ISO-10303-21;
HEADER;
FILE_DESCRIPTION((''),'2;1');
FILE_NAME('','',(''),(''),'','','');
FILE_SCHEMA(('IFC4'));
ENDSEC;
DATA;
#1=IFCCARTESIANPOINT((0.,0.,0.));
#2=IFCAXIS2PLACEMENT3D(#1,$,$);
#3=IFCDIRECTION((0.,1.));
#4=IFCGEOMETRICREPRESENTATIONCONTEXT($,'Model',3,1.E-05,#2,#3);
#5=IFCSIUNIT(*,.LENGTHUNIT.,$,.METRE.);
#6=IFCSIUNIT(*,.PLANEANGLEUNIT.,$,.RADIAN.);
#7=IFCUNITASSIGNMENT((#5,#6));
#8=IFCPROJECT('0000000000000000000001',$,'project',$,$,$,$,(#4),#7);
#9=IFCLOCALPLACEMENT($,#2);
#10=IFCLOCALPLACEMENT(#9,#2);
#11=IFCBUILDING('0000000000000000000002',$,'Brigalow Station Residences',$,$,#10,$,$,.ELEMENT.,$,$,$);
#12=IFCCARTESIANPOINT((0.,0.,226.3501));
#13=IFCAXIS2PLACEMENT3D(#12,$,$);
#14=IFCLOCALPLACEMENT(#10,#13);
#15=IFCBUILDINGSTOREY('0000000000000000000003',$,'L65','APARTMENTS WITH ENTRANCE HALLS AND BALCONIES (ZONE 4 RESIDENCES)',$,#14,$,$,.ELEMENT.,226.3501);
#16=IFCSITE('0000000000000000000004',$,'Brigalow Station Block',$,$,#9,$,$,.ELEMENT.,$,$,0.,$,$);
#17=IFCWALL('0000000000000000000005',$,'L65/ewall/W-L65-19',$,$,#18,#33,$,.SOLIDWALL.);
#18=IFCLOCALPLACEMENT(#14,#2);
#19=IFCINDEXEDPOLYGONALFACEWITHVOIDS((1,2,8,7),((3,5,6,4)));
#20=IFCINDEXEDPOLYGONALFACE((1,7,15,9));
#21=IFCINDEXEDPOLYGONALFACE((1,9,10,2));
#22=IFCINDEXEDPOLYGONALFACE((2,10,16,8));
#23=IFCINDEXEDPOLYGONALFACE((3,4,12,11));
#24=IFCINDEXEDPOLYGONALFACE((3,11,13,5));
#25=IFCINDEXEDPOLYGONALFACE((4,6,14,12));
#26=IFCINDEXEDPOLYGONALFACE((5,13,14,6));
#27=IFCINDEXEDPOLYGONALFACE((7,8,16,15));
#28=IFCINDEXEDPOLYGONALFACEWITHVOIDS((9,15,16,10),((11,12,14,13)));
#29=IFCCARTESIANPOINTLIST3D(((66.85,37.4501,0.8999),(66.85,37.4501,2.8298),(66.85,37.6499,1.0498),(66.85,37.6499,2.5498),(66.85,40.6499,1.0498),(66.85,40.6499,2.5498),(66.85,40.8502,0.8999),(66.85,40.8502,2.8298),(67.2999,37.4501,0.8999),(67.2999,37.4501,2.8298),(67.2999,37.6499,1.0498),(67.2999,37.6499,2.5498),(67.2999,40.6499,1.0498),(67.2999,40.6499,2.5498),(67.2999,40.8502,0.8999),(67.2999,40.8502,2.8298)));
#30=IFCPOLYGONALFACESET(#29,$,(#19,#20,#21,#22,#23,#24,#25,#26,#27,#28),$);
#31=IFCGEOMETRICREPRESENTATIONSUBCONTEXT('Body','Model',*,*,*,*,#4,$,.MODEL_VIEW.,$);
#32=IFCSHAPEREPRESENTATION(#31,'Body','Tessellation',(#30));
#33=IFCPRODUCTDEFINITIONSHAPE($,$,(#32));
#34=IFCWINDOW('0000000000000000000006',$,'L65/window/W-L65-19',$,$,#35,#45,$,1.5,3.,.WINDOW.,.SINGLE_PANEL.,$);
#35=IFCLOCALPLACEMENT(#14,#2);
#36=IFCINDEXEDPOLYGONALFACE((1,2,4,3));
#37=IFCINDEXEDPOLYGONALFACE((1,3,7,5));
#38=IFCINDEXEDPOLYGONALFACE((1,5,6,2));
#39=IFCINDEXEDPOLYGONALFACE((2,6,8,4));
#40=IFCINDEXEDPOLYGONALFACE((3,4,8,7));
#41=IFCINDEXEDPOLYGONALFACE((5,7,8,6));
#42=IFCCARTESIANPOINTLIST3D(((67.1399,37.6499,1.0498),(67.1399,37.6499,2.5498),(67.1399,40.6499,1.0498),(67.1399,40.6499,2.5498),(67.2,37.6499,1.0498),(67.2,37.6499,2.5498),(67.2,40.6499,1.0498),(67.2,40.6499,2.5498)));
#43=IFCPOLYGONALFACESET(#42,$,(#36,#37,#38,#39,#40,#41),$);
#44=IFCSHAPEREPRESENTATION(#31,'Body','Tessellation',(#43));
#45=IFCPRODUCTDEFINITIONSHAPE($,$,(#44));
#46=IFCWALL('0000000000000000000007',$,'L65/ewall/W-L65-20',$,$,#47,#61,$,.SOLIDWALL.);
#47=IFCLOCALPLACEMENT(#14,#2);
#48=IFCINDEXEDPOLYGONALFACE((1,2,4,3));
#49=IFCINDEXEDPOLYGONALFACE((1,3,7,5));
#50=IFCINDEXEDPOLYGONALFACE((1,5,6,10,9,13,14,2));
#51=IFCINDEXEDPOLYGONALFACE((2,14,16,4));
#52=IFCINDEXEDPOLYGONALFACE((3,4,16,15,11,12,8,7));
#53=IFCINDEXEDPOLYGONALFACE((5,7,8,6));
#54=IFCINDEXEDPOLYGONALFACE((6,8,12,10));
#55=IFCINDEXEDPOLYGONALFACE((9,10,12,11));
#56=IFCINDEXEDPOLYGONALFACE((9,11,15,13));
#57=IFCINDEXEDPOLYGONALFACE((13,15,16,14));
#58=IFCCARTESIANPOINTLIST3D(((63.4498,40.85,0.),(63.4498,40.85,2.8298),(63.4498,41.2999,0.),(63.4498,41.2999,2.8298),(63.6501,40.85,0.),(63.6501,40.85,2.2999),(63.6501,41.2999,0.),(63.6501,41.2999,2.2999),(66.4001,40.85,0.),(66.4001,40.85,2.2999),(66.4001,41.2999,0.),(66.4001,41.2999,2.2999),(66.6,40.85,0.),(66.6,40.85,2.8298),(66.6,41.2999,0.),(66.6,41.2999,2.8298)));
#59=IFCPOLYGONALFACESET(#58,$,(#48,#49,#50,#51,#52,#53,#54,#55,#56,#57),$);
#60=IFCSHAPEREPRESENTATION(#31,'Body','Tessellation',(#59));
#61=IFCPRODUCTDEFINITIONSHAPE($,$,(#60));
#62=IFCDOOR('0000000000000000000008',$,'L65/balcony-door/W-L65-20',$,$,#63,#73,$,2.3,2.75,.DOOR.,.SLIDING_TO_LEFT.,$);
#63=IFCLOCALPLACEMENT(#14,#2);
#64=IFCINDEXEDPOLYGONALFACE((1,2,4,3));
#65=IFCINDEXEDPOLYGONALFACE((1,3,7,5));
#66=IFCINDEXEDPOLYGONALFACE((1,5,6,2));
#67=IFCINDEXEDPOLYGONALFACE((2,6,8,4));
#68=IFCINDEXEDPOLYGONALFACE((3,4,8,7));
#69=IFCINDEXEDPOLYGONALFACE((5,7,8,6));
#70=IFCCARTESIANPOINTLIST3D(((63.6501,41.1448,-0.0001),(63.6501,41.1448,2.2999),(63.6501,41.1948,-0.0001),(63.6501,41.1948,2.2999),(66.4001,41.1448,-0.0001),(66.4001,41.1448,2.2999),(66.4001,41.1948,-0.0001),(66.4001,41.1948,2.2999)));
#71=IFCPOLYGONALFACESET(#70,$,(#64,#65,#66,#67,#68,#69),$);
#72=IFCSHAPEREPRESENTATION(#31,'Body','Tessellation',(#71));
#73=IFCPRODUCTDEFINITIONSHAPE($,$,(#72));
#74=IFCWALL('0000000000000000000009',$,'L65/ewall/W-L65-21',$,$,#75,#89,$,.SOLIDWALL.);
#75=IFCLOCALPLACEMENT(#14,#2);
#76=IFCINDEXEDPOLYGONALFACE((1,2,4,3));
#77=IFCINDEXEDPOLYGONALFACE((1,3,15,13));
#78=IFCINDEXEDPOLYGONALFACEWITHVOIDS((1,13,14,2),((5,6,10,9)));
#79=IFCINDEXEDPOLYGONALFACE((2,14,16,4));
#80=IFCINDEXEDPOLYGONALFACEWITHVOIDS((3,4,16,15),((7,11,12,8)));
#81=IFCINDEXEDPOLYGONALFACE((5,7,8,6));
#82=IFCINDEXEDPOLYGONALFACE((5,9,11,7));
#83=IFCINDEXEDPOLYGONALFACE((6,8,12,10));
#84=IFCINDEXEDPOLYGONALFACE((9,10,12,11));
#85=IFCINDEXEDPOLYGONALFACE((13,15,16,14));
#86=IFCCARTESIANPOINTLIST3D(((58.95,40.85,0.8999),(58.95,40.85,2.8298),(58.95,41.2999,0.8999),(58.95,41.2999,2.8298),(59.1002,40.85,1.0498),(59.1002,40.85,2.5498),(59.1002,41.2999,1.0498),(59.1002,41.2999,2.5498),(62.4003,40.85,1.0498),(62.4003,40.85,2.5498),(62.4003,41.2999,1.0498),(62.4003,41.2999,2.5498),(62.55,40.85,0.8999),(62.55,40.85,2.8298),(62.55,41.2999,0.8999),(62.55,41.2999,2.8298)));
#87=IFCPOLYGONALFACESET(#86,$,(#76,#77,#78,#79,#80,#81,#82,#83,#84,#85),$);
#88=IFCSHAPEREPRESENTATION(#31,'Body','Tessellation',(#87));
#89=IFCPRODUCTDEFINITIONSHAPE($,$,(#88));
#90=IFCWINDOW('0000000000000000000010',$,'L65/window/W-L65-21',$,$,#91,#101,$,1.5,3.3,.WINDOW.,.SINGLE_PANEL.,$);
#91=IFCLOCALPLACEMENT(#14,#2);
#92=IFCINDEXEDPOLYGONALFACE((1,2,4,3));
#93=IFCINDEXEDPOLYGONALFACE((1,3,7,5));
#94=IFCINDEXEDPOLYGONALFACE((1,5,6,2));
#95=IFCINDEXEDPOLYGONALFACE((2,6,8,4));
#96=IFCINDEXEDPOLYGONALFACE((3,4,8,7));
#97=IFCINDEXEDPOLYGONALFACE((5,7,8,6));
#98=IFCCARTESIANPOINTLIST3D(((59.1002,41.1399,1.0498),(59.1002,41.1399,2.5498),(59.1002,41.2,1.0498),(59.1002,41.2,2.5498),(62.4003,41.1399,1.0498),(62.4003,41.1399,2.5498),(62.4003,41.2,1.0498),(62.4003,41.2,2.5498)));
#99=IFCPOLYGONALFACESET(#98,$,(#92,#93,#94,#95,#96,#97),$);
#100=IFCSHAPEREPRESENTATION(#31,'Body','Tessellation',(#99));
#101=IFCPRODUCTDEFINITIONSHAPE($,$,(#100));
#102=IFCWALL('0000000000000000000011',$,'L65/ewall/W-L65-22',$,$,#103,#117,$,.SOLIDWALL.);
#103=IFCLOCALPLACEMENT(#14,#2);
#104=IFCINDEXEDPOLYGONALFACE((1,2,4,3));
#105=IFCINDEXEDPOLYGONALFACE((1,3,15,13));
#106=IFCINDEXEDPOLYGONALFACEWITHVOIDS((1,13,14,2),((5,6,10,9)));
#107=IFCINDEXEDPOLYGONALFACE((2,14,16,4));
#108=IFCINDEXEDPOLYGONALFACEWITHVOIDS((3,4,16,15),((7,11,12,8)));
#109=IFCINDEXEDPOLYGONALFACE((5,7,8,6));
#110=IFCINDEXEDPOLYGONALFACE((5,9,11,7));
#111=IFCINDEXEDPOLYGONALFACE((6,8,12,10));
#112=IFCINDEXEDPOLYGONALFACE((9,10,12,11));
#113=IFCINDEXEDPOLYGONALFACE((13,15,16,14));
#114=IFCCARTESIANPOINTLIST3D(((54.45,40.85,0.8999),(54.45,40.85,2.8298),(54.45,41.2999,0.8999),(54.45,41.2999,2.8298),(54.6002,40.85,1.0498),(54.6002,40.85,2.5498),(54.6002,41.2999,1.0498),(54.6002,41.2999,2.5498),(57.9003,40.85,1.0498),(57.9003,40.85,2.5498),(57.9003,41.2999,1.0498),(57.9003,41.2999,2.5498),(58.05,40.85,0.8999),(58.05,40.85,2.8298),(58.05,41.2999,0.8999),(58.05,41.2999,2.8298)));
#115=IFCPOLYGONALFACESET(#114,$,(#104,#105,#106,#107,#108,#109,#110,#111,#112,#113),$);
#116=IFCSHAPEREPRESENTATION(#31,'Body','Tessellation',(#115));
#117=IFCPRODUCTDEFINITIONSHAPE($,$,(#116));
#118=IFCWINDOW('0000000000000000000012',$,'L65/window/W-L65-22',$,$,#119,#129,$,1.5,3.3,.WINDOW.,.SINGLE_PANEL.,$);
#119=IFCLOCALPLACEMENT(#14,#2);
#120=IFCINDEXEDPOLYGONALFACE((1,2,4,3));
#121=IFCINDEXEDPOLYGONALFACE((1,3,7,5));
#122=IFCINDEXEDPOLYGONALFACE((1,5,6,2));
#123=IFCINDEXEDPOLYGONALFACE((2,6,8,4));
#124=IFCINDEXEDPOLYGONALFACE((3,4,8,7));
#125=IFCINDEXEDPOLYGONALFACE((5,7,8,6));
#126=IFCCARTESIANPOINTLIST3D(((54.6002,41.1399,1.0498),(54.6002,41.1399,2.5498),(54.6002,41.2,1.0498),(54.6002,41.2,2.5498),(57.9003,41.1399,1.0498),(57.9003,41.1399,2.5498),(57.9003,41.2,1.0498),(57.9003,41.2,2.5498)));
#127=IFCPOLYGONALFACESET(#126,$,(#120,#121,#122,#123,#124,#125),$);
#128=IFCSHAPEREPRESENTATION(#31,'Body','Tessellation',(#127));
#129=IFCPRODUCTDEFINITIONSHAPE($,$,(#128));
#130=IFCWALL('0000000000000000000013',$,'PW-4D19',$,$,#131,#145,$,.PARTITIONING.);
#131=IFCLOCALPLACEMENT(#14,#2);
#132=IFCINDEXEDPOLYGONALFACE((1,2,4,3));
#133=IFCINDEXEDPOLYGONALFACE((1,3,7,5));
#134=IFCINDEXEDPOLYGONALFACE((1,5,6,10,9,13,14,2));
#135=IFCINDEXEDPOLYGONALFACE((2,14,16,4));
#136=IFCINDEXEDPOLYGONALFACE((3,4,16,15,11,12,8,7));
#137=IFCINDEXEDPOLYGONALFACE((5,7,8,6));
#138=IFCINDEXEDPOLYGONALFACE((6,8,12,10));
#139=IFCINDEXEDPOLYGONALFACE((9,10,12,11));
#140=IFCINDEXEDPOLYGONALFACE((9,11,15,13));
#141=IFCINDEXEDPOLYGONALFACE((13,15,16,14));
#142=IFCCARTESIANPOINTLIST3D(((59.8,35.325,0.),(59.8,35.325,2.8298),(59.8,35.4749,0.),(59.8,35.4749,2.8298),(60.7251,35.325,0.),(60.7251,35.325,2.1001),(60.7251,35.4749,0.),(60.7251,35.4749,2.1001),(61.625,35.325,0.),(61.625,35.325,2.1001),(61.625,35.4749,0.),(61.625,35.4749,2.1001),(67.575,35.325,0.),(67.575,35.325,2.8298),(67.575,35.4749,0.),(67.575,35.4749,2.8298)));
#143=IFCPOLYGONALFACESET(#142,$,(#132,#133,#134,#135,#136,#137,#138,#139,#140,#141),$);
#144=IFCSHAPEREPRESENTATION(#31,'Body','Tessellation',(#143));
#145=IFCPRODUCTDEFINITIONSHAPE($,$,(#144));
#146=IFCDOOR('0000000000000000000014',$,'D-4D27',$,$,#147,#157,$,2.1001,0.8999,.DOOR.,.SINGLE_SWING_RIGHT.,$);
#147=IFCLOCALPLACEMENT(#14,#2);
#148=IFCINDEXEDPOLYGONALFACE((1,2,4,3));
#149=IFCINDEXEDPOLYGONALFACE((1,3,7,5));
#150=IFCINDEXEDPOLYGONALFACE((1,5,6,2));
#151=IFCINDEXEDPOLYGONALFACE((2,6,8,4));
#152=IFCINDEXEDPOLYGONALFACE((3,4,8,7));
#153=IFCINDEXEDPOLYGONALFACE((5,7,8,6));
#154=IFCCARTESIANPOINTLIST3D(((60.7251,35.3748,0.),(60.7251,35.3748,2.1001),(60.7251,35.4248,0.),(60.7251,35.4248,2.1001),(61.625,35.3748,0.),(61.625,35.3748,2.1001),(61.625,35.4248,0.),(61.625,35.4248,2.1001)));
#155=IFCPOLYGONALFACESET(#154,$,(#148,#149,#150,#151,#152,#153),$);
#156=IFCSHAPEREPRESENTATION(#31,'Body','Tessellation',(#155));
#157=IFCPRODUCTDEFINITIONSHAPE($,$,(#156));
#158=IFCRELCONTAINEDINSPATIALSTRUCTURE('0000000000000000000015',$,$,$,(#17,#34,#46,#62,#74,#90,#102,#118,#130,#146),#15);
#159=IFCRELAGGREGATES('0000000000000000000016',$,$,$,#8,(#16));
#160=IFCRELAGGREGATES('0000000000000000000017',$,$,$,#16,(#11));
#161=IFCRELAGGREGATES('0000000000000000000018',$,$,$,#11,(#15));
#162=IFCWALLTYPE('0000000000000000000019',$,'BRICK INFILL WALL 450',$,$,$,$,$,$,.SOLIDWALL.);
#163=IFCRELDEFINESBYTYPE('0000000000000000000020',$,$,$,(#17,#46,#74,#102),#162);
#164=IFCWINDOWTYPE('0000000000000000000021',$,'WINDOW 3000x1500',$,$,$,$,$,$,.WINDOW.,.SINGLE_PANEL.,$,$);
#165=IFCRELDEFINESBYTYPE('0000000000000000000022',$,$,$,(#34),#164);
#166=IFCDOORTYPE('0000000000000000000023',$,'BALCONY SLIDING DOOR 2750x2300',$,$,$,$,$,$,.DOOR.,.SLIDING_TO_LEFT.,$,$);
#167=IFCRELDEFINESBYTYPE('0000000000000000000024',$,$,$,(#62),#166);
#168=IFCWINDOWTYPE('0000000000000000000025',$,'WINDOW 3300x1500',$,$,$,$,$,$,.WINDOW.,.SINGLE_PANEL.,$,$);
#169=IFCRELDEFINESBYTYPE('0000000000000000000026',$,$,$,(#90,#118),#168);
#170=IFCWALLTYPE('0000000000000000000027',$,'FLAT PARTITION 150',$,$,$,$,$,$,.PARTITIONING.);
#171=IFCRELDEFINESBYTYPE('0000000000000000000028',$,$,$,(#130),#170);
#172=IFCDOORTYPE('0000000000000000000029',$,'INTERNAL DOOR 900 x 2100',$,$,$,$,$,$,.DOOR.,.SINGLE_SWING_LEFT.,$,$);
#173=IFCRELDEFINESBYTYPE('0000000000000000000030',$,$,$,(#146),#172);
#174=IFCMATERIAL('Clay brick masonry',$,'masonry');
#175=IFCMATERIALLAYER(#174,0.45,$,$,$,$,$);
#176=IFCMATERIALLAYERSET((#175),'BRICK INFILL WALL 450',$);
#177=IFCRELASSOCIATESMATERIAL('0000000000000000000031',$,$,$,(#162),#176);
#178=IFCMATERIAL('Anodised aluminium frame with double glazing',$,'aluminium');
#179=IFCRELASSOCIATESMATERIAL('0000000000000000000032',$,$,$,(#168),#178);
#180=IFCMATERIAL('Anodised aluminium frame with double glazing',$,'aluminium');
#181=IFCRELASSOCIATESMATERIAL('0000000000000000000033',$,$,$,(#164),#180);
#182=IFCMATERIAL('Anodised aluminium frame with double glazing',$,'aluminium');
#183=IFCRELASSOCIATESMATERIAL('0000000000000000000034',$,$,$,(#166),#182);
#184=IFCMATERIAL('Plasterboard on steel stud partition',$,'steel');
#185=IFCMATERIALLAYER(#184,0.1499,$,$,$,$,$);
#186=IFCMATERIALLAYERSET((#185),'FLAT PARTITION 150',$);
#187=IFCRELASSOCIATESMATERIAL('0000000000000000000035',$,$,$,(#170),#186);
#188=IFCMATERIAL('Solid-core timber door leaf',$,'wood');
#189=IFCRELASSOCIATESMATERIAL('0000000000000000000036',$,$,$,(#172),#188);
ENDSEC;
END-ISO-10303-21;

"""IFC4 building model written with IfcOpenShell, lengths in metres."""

from ifc_helpers import new_model, si_unit, direction, frame, frame_2d, origin, place, context, subcontext, project, spatial, rectangle, extrude, material, layer, layer_set, type_object, element, fill, save


model = new_model("IFC4")

# Units and contexts
model_context = context("Model", 3, precision=1e-05, world=origin(), true_north=direction((0.0, 1.0)))
body_context = subcontext(model_context, "Body", "Model", "MODEL_VIEW")
ifc_project = project(units=[si_unit("LENGTHUNIT", "METRE"), si_unit("PLANEANGLEUNIT", "RADIAN")], contexts=[model_context])

# Site, building, storey
site_placement = place(None, origin())
site = spatial("IfcSite", under=ifc_project, at=site_placement, Name="Brigalow Station Block", CompositionType="ELEMENT", RefElevation=0.0)
building_placement = place(site_placement, origin())
building = spatial("IfcBuilding", under=site, at=building_placement, Name="Brigalow Station Residences", CompositionType="ELEMENT")
storey_placement = place(building_placement, frame((0.0, 0.0, 226.3501)))
storey = spatial("IfcBuildingStorey", under=building, at=storey_placement, Name="L65", Description="APARTMENTS WITH ENTRANCE HALLS AND BALCONIES (ZONE 4 RESIDENCES)", CompositionType="ELEMENT", Elevation=226.3501)

# Wall, opening, window
ifc_material_1 = material(Name="Clay brick masonry", Category="masonry")
ifc_layer_1 = layer(ifc_material_1, 0.45)
ifc_layer_set_1 = layer_set([ifc_layer_1], Name="BRICK INFILL WALL 450")
wall_type_1 = type_object("IfcWallType", Name="BRICK INFILL WALL 450", PredefinedType="SOLIDWALL", material=ifc_layer_set_1)
ifc_material_2 = material(Name="Anodised aluminium frame with double glazing", Category="aluminium")
window_type_1 = type_object("IfcWindowType", Name="WINDOW 3300x1500", PartitioningType="SINGLE_PANEL", PredefinedType="WINDOW", material=ifc_material_2)
wall_1_placement = place(storey_placement, frame((67.075, 37.45, 0.8999), z_axis=(0.0, 0.0, 1.0), x_axis=(0.0, 1.0, 0.0)))
wall_1 = element("IfcWall", 1, at=wall_1_placement, inside=storey, type_object=wall_type_1, Name="L65/ewall/W-L65-19", PredefinedType="SOLIDWALL", context=body_context, shape_type="SweptSolid", body=[
    extrude(rectangle(XDim=3.4001, YDim=0.45, at=frame_2d((1.7002, 0.0))), origin(), (0.0, 0.0, 1.0), 1.9299),
])
opening_1_placement = place(wall_1_placement, frame((0.2, 0.0, 0.1499)))
opening_1 = element("IfcOpeningElement", 2, at=opening_1_placement, cuts=wall_1, PredefinedType="OPENING", context=body_context, shape_type="SweptSolid", body=[
    extrude(rectangle(XDim=3.0, YDim=1.5, at=frame_2d((1.5, 0.75))), frame((0.0, 0.2349, 0.0), z_axis=(0.0, -1.0, 0.0), x_axis=(1.0, 0.0, 0.0)), (0.0, 0.0, 1.0), 0.47),
])
ifc_material_3 = material(Name="Anodised aluminium frame with double glazing", Category="aluminium")
window_type_2 = type_object("IfcWindowType", Name="WINDOW 3000x1500", PartitioningType="SINGLE_PANEL", PredefinedType="WINDOW", material=ifc_material_3)
window_1_placement = place(opening_1_placement, origin())
window_1 = element("IfcWindow", 3, at=window_1_placement, inside=storey, type_object=window_type_2, Name="L65/window/W-L65-19", OverallHeight=1.5, OverallWidth=3.0, PartitioningType="SINGLE_PANEL", PredefinedType="WINDOW", context=body_context, shape_type="SweptSolid", body=[
    extrude(rectangle(XDim=3.0, YDim=1.5, at=frame_2d((1.5, 0.75))), frame((0.0, -0.0649, 0.0), z_axis=(0.0, -1.0, 0.0), x_axis=(1.0, 0.0, 0.0)), (0.0, 0.0, 1.0), 0.0601),
])
fill(opening_1, window_1)

# Wall, opening, door
wall_2_placement = place(storey_placement, frame((66.6001, 41.075, 0.0), z_axis=(0.0, 0.0, 1.0), x_axis=(-1.0, 0.0, 0.0)))
wall_2 = element("IfcWall", 4, at=wall_2_placement, inside=storey, type_object=wall_type_1, Name="L65/ewall/W-L65-20", PredefinedType="SOLIDWALL", context=body_context, shape_type="SweptSolid", body=[
    extrude(rectangle(XDim=3.1501, YDim=0.45, at=frame_2d((1.5752, 0.0))), origin(), (0.0, 0.0, 1.0), 2.8298),
])
opening_2_placement = place(wall_2_placement, frame((0.2, 0.0, 0.0)))
opening_2 = element("IfcOpeningElement", 5, at=opening_2_placement, cuts=wall_2, PredefinedType="OPENING", context=body_context, shape_type="SweptSolid", body=[
    extrude(rectangle(XDim=2.75, YDim=2.3, at=frame_2d((1.375, 1.1499))), frame((0.0, 0.2349, 0.0), z_axis=(0.0, -1.0, 0.0), x_axis=(1.0, 0.0, 0.0)), (0.0, 0.0, 1.0), 0.47),
])
ifc_material_4 = material(Name="Anodised aluminium frame with double glazing", Category="aluminium")
door_type_1 = type_object("IfcDoorType", Name="BALCONY SLIDING DOOR 2750x2300", OperationType="SLIDING_TO_LEFT", PredefinedType="DOOR", material=ifc_material_4)
door_1_placement = place(opening_2_placement, origin())
door_1 = element("IfcDoor", 6, at=door_1_placement, inside=storey, type_object=door_type_1, Name="L65/balcony-door/W-L65-20", OperationType="SLIDING_TO_LEFT", OverallHeight=2.3, OverallWidth=2.75, PredefinedType="DOOR", context=body_context, shape_type="SweptSolid", body=[
    extrude(rectangle(XDim=2.75, YDim=2.3, at=frame_2d((1.375, 1.1499))), frame((0.0, -0.0698, 0.0), z_axis=(0.0, -1.0, 0.0), x_axis=(1.0, 0.0, 0.0)), (0.0, 0.0, 1.0), 0.05),
])
fill(opening_2, door_1)

# Walls, openings, windows
wall_3_placement = place(storey_placement, frame((62.55, 41.075, 0.8999), z_axis=(0.0, 0.0, 1.0), x_axis=(-1.0, 0.0, 0.0)))
wall_3 = element("IfcWall", 7, at=wall_3_placement, inside=storey, type_object=wall_type_1, Name="L65/ewall/W-L65-21", PredefinedType="SOLIDWALL", context=body_context, shape_type="SweptSolid", body=[
    extrude(rectangle(XDim=3.6001, YDim=0.45, at=frame_2d((1.8, 0.0))), origin(), (0.0, 0.0, 1.0), 1.9299),
])
opening_3_placement = place(wall_3_placement, frame((0.1499, 0.0, 0.1499)))
opening_3 = element("IfcOpeningElement", 8, at=opening_3_placement, cuts=wall_3, PredefinedType="OPENING", context=body_context, shape_type="SweptSolid", body=[
    extrude(rectangle(XDim=3.3, YDim=1.5, at=frame_2d((1.6499, 0.75))), frame((0.0, 0.2349, 0.0), z_axis=(0.0, -1.0, 0.0), x_axis=(1.0, 0.0, 0.0)), (0.0, 0.0, 1.0), 0.47),
])
window_2_placement = place(opening_3_placement, origin())
window_2 = element("IfcWindow", 9, at=window_2_placement, inside=storey, type_object=window_type_1, Name="L65/window/W-L65-21", OverallHeight=1.5, OverallWidth=3.3, PartitioningType="SINGLE_PANEL", PredefinedType="WINDOW", context=body_context, shape_type="SweptSolid", body=[
    extrude(rectangle(XDim=3.3, YDim=1.5, at=frame_2d((1.6499, 0.75))), frame((0.0, -0.0649, 0.0), z_axis=(0.0, -1.0, 0.0), x_axis=(1.0, 0.0, 0.0)), (0.0, 0.0, 1.0), 0.0601),
])
fill(opening_3, window_2)
wall_4_placement = place(storey_placement, frame((58.05, 41.075, 0.8999), z_axis=(0.0, 0.0, 1.0), x_axis=(-1.0, 0.0, 0.0)))
wall_4 = element("IfcWall", 10, at=wall_4_placement, inside=storey, type_object=wall_type_1, Name="L65/ewall/W-L65-22", PredefinedType="SOLIDWALL", context=body_context, shape_type="SweptSolid", body=[
    extrude(rectangle(XDim=3.6001, YDim=0.45, at=frame_2d((1.8, 0.0))), origin(), (0.0, 0.0, 1.0), 1.9299),
])
opening_4_placement = place(wall_4_placement, frame((0.1499, 0.0, 0.1499)))
opening_4 = element("IfcOpeningElement", 11, at=opening_4_placement, cuts=wall_4, PredefinedType="OPENING", context=body_context, shape_type="SweptSolid", body=[
    extrude(rectangle(XDim=3.3, YDim=1.5, at=frame_2d((1.6499, 0.75))), frame((0.0, 0.2349, 0.0), z_axis=(0.0, -1.0, 0.0), x_axis=(1.0, 0.0, 0.0)), (0.0, 0.0, 1.0), 0.47),
])
window_3_placement = place(opening_4_placement, origin())
window_3 = element("IfcWindow", 12, at=window_3_placement, inside=storey, type_object=window_type_1, Name="L65/window/W-L65-22", OverallHeight=1.5, OverallWidth=3.3, PartitioningType="SINGLE_PANEL", PredefinedType="WINDOW", context=body_context, shape_type="SweptSolid", body=[
    extrude(rectangle(XDim=3.3, YDim=1.5, at=frame_2d((1.6499, 0.75))), frame((0.0, -0.0649, 0.0), z_axis=(0.0, -1.0, 0.0), x_axis=(1.0, 0.0, 0.0)), (0.0, 0.0, 1.0), 0.0601),
])
fill(opening_4, window_3)

# Wall, opening, door
ifc_material_5 = material(Name="Plasterboard on steel stud partition", Category="steel")
ifc_layer_2 = layer(ifc_material_5, 0.1499)
ifc_layer_set_2 = layer_set([ifc_layer_2], Name="FLAT PARTITION 150")
wall_type_2 = type_object("IfcWallType", Name="FLAT PARTITION 150", PredefinedType="PARTITIONING", material=ifc_layer_set_2)
wall_5_placement = place(storey_placement, frame((59.8, 35.3999, 0.0), z_axis=(0.0, 0.0, 1.0), x_axis=(1.0, 0.0, 0.0)))
wall_5 = element("IfcWall", 13, at=wall_5_placement, inside=storey, type_object=wall_type_2, Name="PW-4D19", PredefinedType="PARTITIONING", context=body_context, shape_type="SweptSolid", body=[
    extrude(rectangle(XDim=7.7749, YDim=0.1499, at=frame_2d((3.8875, 0.0))), origin(), (0.0, 0.0, 1.0), 2.8298),
])
opening_5_placement = place(wall_5_placement, frame((0.925, 0.0, 0.0)))
opening_5 = element("IfcOpeningElement", 14, at=opening_5_placement, cuts=wall_5, PredefinedType="OPENING", context=body_context, shape_type="SweptSolid", body=[
    extrude(rectangle(XDim=0.8999, YDim=2.1001, at=frame_2d((0.45, 1.05))), frame((0.0, 0.085, 0.0), z_axis=(0.0, -1.0, 0.0), x_axis=(1.0, 0.0, 0.0)), (0.0, 0.0, 1.0), 0.1699),
])
ifc_material_6 = material(Name="Solid-core timber door leaf", Category="wood")
door_type_2 = type_object("IfcDoorType", Name="INTERNAL DOOR 900 x 2100", OperationType="SINGLE_SWING_LEFT", PredefinedType="DOOR", material=ifc_material_6)
door_2_placement = place(opening_5_placement, origin())
door_2 = element("IfcDoor", 15, at=door_2_placement, inside=storey, type_object=door_type_2, Name="D-4D27", OperationType="SINGLE_SWING_RIGHT", OverallHeight=2.1001, OverallWidth=0.8999, PredefinedType="DOOR", context=body_context, shape_type="SweptSolid", body=[
    extrude(rectangle(XDim=0.8999, YDim=2.1001, at=frame_2d((0.45, 1.05))), frame((0.0, 0.0249, 0.0), z_axis=(0.0, -1.0, 0.0), x_axis=(1.0, 0.0, 0.0)), (0.0, 0.0, 1.0), 0.05),
])
fill(opening_5, door_2)

save(model, "model.ifc")
